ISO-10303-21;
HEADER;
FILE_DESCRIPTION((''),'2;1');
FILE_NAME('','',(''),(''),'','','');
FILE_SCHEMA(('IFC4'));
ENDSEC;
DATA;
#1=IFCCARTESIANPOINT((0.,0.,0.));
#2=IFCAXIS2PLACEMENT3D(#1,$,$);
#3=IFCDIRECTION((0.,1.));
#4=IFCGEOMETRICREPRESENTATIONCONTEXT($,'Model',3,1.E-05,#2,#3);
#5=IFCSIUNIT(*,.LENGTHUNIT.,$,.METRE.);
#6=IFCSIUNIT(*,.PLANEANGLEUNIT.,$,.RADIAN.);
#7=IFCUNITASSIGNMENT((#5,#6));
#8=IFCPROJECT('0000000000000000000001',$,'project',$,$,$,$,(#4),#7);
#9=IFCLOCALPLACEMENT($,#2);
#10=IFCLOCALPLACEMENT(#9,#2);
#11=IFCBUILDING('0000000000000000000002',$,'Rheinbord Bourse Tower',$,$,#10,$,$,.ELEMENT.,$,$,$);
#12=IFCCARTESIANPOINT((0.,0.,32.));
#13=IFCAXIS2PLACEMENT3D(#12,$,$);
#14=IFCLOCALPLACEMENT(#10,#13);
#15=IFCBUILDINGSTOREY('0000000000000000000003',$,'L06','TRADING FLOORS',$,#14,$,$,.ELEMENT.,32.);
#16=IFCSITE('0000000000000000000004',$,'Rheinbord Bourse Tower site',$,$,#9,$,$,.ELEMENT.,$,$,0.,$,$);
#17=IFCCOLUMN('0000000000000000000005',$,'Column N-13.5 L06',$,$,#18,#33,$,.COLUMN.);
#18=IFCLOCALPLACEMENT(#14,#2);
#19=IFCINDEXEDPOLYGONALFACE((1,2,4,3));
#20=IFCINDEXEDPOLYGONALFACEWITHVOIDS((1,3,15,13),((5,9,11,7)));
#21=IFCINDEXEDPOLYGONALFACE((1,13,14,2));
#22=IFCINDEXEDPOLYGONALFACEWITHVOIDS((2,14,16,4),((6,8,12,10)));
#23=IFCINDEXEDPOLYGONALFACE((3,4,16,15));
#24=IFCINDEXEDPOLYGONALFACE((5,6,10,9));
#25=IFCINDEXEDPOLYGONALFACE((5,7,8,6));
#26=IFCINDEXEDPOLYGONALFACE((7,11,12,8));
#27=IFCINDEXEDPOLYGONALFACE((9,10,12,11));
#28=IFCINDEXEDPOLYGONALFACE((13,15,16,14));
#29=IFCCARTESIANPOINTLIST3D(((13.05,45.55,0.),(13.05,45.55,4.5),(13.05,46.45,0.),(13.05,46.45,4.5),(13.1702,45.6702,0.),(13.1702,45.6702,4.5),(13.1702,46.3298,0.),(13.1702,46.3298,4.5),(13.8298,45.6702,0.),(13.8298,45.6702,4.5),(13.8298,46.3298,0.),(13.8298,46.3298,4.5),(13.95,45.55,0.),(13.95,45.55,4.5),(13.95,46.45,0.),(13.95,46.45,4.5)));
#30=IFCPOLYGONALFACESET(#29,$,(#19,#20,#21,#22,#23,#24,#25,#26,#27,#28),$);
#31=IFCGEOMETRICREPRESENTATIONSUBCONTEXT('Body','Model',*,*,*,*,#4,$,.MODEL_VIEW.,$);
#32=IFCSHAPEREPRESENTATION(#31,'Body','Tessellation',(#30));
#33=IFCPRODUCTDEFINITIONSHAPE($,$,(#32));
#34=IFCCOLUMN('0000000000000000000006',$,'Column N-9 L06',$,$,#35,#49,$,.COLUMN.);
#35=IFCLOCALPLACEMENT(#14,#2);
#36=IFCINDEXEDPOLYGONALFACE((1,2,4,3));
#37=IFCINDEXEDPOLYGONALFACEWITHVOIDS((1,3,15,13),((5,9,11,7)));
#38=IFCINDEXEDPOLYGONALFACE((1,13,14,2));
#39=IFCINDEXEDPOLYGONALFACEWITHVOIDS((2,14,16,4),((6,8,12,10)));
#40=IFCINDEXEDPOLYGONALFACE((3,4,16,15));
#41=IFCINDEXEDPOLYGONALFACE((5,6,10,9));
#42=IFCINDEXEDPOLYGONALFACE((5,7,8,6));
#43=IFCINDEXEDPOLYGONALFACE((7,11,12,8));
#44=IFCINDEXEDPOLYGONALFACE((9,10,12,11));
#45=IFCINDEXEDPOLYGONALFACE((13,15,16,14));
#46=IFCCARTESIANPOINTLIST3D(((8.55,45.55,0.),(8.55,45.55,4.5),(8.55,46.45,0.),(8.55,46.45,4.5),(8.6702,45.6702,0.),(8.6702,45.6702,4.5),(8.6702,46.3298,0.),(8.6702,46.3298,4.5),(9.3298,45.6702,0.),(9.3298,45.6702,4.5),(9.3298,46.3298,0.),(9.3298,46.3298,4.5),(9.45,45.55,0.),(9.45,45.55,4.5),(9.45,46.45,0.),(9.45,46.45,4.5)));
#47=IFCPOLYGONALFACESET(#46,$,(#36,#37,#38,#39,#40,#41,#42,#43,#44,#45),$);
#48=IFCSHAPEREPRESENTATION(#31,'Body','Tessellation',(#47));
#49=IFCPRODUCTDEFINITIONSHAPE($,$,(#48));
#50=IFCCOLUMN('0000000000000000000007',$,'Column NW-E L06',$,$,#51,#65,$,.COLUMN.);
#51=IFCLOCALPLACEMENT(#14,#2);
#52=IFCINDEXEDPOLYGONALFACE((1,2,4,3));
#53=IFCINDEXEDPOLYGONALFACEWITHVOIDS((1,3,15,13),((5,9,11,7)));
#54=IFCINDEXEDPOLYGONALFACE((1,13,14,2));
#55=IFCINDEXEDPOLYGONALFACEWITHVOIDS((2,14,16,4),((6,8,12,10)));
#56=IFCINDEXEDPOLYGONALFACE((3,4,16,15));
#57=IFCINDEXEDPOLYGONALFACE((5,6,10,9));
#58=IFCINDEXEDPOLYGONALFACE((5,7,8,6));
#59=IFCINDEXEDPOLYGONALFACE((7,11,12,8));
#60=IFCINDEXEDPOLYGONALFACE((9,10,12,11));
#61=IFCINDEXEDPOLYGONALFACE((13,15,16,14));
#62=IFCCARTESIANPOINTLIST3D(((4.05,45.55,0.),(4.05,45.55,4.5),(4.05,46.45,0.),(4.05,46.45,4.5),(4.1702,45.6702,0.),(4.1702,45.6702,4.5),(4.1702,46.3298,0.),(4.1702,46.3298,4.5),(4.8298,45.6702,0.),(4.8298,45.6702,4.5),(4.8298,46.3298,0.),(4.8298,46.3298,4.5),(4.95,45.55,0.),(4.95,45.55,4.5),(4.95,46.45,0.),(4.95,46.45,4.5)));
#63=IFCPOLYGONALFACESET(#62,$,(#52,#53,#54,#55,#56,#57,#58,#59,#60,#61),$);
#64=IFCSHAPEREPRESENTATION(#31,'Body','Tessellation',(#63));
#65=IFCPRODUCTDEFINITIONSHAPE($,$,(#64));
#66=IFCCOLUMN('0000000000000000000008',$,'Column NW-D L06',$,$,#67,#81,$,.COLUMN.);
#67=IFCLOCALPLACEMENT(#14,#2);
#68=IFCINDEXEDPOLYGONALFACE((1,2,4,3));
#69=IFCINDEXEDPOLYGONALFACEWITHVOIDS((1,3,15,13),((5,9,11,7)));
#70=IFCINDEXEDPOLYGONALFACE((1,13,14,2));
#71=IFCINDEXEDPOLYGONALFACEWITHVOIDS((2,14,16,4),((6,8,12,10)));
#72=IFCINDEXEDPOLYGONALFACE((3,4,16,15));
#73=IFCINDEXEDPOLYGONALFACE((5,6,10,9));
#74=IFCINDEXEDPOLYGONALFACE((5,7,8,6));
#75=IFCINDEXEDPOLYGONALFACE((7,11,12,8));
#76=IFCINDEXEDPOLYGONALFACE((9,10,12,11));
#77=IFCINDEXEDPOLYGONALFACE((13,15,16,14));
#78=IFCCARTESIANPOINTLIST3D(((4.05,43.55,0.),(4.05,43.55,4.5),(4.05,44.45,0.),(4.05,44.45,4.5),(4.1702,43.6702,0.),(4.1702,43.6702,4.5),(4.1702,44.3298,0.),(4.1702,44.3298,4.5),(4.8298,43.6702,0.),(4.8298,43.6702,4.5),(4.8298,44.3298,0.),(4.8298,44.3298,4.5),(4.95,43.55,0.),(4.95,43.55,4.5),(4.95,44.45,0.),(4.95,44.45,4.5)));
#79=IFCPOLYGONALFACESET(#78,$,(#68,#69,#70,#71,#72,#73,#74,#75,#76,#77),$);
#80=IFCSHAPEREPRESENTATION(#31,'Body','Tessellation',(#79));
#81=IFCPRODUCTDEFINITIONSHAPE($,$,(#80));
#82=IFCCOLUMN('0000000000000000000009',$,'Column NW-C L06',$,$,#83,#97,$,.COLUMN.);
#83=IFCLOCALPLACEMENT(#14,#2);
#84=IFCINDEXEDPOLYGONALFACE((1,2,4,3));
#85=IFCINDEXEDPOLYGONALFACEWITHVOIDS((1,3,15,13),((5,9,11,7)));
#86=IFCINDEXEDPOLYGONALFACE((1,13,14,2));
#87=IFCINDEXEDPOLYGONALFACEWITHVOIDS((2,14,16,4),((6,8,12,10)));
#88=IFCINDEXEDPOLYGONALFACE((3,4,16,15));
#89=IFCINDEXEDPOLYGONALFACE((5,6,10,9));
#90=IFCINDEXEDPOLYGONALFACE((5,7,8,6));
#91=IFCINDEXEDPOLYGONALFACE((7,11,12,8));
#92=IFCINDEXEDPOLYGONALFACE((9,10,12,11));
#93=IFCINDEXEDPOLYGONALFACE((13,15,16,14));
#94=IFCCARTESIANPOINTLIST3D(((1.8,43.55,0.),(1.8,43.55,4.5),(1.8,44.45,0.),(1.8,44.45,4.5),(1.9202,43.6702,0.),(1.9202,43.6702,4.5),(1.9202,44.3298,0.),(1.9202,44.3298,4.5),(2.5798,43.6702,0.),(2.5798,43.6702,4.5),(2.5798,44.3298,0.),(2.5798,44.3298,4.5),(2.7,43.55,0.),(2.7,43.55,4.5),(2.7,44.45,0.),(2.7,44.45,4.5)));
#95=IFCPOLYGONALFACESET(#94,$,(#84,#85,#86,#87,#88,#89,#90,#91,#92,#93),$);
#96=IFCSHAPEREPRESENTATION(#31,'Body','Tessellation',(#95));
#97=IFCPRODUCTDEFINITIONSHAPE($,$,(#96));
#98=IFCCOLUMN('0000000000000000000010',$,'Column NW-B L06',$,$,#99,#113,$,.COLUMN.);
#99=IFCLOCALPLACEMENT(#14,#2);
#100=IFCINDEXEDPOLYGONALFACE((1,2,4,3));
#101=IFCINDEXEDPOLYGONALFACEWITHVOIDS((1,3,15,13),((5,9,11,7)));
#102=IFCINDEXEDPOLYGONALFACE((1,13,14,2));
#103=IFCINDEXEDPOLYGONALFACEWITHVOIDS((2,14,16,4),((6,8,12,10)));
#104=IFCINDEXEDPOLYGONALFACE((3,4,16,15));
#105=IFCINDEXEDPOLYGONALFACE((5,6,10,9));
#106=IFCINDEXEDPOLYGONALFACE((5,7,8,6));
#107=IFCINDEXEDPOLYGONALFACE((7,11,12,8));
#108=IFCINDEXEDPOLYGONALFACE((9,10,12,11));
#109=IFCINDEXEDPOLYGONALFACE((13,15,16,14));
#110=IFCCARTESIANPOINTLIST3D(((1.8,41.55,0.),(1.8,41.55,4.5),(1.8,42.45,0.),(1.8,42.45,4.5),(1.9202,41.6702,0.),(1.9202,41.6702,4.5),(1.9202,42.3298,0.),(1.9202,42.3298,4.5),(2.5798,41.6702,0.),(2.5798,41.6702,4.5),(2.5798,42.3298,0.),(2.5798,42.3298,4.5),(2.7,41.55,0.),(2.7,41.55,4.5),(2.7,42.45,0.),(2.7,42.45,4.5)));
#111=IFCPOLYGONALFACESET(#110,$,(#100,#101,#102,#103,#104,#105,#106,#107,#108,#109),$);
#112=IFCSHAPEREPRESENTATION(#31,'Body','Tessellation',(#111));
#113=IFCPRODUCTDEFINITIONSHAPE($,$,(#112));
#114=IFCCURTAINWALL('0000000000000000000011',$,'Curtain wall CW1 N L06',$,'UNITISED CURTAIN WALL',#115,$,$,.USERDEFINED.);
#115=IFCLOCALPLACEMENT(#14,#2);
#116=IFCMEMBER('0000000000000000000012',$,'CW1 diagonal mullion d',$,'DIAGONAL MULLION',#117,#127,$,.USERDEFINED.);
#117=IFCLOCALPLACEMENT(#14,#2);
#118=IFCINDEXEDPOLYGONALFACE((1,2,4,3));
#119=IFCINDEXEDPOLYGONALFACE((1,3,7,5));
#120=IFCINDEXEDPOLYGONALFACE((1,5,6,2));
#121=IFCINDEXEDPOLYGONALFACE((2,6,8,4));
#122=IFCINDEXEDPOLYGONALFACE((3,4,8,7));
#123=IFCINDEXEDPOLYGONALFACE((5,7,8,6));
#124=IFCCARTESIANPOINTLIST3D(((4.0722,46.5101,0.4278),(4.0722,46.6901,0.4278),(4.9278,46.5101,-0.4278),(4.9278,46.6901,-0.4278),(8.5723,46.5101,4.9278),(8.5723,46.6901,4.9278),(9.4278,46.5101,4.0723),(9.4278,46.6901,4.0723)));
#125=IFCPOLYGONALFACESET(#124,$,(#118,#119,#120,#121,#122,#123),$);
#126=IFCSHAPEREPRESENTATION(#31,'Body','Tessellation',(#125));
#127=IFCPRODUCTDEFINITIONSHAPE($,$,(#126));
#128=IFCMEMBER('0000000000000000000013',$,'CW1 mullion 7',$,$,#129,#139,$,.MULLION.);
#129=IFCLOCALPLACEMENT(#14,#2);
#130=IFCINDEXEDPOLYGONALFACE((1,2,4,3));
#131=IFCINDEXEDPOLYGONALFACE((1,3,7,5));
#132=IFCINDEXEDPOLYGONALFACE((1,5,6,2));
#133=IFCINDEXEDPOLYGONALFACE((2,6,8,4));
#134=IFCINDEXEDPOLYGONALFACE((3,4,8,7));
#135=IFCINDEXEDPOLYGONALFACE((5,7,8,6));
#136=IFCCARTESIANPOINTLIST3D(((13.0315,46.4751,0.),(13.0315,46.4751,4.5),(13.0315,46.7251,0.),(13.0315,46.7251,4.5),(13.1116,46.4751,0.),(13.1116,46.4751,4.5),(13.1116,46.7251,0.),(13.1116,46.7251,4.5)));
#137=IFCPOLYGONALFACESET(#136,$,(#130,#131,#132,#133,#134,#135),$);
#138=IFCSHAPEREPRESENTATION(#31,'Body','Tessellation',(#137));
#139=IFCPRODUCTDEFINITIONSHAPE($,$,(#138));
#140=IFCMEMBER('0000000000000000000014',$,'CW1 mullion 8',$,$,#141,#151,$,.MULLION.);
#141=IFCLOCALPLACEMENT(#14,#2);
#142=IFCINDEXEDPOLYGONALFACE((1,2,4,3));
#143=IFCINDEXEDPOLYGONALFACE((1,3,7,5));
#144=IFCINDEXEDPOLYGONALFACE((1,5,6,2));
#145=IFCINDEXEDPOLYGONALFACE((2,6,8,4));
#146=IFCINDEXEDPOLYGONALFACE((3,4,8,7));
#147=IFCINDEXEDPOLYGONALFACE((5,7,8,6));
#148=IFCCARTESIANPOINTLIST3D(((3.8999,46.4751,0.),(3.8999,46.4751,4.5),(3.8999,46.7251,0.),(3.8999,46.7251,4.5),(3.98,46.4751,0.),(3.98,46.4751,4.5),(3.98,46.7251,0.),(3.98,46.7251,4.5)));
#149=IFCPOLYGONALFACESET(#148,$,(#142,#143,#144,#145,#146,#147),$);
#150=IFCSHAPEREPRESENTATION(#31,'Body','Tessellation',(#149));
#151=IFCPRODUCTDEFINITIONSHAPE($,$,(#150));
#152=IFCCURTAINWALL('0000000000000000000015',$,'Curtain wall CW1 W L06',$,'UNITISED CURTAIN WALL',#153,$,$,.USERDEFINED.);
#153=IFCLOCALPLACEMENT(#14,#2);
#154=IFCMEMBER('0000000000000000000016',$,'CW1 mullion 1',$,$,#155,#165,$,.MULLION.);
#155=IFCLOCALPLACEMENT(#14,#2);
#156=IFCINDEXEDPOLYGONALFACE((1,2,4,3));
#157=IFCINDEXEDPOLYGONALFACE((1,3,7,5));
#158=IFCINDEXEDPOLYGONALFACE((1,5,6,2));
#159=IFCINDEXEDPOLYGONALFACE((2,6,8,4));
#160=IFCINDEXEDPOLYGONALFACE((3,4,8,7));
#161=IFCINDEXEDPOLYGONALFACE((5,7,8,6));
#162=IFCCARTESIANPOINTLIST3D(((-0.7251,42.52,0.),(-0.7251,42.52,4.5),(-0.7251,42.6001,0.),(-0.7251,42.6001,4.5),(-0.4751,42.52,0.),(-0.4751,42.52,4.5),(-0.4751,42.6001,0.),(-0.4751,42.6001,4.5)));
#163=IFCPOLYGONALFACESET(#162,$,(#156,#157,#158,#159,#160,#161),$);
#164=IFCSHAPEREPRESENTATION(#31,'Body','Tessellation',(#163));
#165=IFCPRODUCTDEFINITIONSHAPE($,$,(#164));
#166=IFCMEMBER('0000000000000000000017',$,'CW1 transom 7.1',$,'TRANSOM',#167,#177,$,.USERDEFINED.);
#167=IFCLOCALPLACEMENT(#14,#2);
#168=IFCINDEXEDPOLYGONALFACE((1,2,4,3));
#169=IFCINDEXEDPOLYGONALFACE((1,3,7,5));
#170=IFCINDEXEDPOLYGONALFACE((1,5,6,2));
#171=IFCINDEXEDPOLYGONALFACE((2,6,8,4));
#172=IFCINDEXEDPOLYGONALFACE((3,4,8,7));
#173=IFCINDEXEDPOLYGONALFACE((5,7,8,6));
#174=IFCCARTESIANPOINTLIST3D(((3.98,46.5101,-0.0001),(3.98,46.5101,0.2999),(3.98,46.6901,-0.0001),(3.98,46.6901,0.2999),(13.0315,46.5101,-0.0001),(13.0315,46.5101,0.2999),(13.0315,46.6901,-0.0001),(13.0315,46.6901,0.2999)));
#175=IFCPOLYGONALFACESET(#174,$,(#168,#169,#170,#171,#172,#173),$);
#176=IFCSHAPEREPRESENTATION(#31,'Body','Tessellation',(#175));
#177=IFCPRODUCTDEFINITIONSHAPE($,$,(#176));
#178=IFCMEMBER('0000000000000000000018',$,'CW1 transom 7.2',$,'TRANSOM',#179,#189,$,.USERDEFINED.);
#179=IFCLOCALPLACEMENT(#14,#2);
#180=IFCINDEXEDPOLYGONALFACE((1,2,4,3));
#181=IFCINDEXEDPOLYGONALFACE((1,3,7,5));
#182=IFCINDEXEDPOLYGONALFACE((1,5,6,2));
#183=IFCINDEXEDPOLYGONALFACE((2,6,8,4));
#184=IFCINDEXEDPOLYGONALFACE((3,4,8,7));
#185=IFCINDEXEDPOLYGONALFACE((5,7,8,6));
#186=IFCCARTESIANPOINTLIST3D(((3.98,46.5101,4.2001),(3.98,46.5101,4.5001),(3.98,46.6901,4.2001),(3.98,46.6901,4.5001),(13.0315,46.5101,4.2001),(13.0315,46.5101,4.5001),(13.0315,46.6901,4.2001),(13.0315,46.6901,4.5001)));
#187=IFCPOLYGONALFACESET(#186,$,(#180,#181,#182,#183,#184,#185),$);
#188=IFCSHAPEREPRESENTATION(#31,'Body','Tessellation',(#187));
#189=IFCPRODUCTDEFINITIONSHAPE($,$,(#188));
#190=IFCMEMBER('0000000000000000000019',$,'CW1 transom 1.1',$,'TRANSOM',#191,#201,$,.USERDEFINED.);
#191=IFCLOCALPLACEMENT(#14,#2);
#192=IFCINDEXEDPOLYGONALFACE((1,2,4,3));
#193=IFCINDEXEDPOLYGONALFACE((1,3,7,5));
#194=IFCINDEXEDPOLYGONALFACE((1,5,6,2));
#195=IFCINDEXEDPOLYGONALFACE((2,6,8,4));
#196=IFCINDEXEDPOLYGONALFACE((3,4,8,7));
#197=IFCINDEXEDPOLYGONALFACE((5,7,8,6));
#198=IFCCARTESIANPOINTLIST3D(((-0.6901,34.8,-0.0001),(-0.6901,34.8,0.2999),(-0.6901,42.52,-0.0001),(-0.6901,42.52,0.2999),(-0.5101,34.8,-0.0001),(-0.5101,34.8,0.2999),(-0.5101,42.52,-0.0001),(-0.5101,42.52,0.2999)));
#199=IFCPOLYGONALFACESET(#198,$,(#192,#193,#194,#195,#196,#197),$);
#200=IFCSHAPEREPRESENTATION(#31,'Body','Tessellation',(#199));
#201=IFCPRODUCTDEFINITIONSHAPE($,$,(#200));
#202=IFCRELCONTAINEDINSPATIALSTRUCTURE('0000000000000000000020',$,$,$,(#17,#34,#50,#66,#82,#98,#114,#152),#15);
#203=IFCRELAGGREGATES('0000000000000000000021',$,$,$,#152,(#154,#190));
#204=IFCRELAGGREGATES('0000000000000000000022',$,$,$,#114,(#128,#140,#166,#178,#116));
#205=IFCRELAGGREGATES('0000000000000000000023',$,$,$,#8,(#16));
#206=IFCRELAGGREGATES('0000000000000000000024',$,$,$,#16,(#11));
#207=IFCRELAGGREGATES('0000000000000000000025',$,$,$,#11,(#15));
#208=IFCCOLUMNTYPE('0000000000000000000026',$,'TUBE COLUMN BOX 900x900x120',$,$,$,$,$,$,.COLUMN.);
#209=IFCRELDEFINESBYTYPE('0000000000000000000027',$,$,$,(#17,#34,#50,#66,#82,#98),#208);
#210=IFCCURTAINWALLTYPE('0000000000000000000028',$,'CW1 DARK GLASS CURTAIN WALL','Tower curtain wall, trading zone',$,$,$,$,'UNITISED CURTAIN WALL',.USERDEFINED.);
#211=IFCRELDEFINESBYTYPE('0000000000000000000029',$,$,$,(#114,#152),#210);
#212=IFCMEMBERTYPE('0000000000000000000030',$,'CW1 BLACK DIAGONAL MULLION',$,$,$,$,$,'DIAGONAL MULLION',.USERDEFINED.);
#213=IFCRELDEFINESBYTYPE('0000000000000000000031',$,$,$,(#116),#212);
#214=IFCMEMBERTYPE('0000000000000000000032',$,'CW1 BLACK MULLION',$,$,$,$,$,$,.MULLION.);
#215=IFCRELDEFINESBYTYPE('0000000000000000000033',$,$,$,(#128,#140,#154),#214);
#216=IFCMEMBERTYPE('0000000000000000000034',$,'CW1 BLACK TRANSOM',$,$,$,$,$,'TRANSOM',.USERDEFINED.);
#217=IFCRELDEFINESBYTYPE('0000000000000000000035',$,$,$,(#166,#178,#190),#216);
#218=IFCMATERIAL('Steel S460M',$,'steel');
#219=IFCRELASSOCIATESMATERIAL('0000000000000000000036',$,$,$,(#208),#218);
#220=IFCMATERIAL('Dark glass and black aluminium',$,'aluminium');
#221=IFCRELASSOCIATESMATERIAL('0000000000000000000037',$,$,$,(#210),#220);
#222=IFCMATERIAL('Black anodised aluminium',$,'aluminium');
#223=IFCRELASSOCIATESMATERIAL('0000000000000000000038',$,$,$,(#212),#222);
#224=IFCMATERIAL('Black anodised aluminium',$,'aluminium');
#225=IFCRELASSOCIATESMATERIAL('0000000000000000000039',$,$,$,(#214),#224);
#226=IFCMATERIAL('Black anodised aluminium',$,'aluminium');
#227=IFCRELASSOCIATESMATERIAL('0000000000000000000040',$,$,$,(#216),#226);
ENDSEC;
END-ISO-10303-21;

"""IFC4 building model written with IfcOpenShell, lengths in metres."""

from ifc_helpers import new_model, si_unit, direction, frame, origin, origin_2d, place, context, subcontext, project, spatial, rectangle, hollow_rectangle, extrude, material, material_profile, profile_set, type_object, element, aggregate, save


model = new_model("IFC4")

# Units and contexts
model_context = context("Model", 3, precision=1e-05, world=origin(), true_north=direction((0.0, 1.0)))
body_context = subcontext(model_context, "Body", "Model", "MODEL_VIEW")
ifc_project = project(units=[si_unit("LENGTHUNIT", "METRE"), si_unit("PLANEANGLEUNIT", "RADIAN")], contexts=[model_context])

# Site, building, storey
site_placement = place(None, origin())
site = spatial("IfcSite", under=ifc_project, at=site_placement, Name="Rheinbord Bourse Tower site", CompositionType="ELEMENT", RefElevation=0.0)
building_placement = place(site_placement, origin())
building = spatial("IfcBuilding", under=site, at=building_placement, Name="Rheinbord Bourse Tower", CompositionType="ELEMENT")
storey_placement = place(building_placement, frame((0.0, 0.0, 32.0)))
storey = spatial("IfcBuildingStorey", under=building, at=storey_placement, Name="L06", Description="TRADING FLOORS", CompositionType="ELEMENT", Elevation=32.0)

# Columns
ifc_material_1 = material(Name="Steel S460M", Category="steel")
ifc_material_profile_1 = material_profile(ifc_material_1, hollow_rectangle(XDim=0.8999, YDim=0.8999, WallThickness=0.1201, at=origin_2d()), Name="BOX 900x900x120")
ifc_profile_set_1 = profile_set([ifc_material_profile_1], Name="Steel S460M")
column_type = type_object("IfcColumnType", Name="TUBE COLUMN BOX 900x900x120", PredefinedType="COLUMN", material=ifc_profile_set_1)
for number, where, z_axis, x_axis, name in (
    (1, (13.5, 46.0, 0.0), (0.0, 0.0, 1.0), (0.0, 1.0, 0.0), "Column N-13.5 L06"),
    (2, (9.0, 46.0, 0.0), (0.0, 0.0, 1.0), (0.0, 1.0, 0.0), "Column N-9 L06"),
    (3, (4.5, 46.0, 0.0), (0.0, 0.0, 1.0), (0.0, 1.0, 0.0), "Column NW-E L06"),
    (4, (4.5, 44.0, 0.0), (0.0, 0.0, 1.0), (0.0, 1.0, 0.0), "Column NW-D L06"),
    (5, (2.25, 44.0, 0.0), (0.0, 0.0, 1.0), (1.0, 0.0, 0.0), "Column NW-C L06"),
    (6, (2.25, 42.0, 0.0), (0.0, 0.0, 1.0), (1.0, 0.0, 0.0), "Column NW-B L06"),
):
    element("IfcColumn", number, at=place(storey_placement, frame(where, z_axis=z_axis, x_axis=x_axis)), inside=storey, type_object=column_type, Name=name, PredefinedType="COLUMN", context=body_context, shape_type="SweptSolid", body=[
        extrude(hollow_rectangle(XDim=0.8999, YDim=0.8999, WallThickness=0.1201, at=origin_2d()), origin(), (0.0, 0.0, 1.0), 4.5),
    ])

# Curtain wall, members
ifc_material_2 = material(Name="Dark glass and black aluminium", Category="aluminium")
curtain_wall_type = type_object("IfcCurtainWallType", Name="CW1 DARK GLASS CURTAIN WALL", Description="Tower curtain wall, trading zone", ElementType="UNITISED CURTAIN WALL", PredefinedType="USERDEFINED", material=ifc_material_2)
curtain_wall_1_placement = place(storey_placement, origin())
curtain_wall_1 = element("IfcCurtainWall", 7, at=curtain_wall_1_placement, inside=storey, type_object=curtain_wall_type, Name="Curtain wall CW1 N L06", ObjectType="UNITISED CURTAIN WALL", PredefinedType="USERDEFINED")
ifc_material_3 = material(Name="Black anodised aluminium", Category="aluminium")
ifc_material_profile_2 = material_profile(ifc_material_3, rectangle(XDim=0.1799, YDim=1.21, at=origin_2d()), Name="CW1 DIAGONAL MULLION 1210x180")
ifc_profile_set_2 = profile_set([ifc_material_profile_2], Name="Black anodised aluminium")
member_type_1 = type_object("IfcMemberType", Name="CW1 BLACK DIAGONAL MULLION", ElementType="DIAGONAL MULLION", PredefinedType="USERDEFINED", material=ifc_profile_set_2)
member_1_placement = place(storey_placement, frame((4.5, 46.6001, 0.0), z_axis=(0.707107, 0.0, 0.707107), x_axis=(0.0, 1.0, 0.0)))
member_1 = element("IfcMember", 8, at=member_1_placement, type_object=member_type_1, Name="CW1 diagonal mullion d", ObjectType="DIAGONAL MULLION", PredefinedType="USERDEFINED", context=body_context, shape_type="SweptSolid", body=[
    extrude(rectangle(XDim=0.1799, YDim=1.21, at=origin_2d()), origin(), (0.0, 0.0, 1.0), 6.364),
])
ifc_material_4 = material(Name="Black anodised aluminium", Category="aluminium")
ifc_material_profile_3 = material_profile(ifc_material_4, rectangle(XDim=0.25, YDim=0.0801, at=origin_2d()), Name="CW1 MULLION 80x250")
ifc_profile_set_3 = profile_set([ifc_material_profile_3], Name="Black anodised aluminium")
member_type_2 = type_object("IfcMemberType", Name="CW1 BLACK MULLION", PredefinedType="MULLION", material=ifc_profile_set_3)
member_2_placement = place(storey_placement, frame((13.0715, 46.6001, 0.0), z_axis=(0.0, 0.0, 1.0), x_axis=(0.0, -1.0, 0.0)))
member_2 = element("IfcMember", 9, at=member_2_placement, type_object=member_type_2, Name="CW1 mullion 7", PredefinedType="MULLION", context=body_context, shape_type="SweptSolid", body=[
    extrude(rectangle(XDim=0.25, YDim=0.0801, at=origin_2d()), origin(), (0.0, 0.0, 1.0), 4.5),
])
member_3_placement = place(storey_placement, frame((3.9399, 46.6001, 0.0), z_axis=(0.0, 0.0, 1.0), x_axis=(0.0, -1.0, 0.0)))
member_3 = element("IfcMember", 10, at=member_3_placement, type_object=member_type_2, Name="CW1 mullion 8", PredefinedType="MULLION", context=body_context, shape_type="SweptSolid", body=[
    extrude(rectangle(XDim=0.25, YDim=0.0801, at=origin_2d()), origin(), (0.0, 0.0, 1.0), 4.5),
])

# Curtain wall, member
curtain_wall_2_placement = place(storey_placement, origin())
curtain_wall_2 = element("IfcCurtainWall", 11, at=curtain_wall_2_placement, inside=storey, type_object=curtain_wall_type, Name="Curtain wall CW1 W L06", ObjectType="UNITISED CURTAIN WALL", PredefinedType="USERDEFINED")
member_4_placement = place(storey_placement, frame((-0.6001, 42.5601, 0.0), z_axis=(0.0, 0.0, 1.0), x_axis=(1.0, 0.0, 0.0)))
member_4 = element("IfcMember", 12, at=member_4_placement, type_object=member_type_2, Name="CW1 mullion 1", PredefinedType="MULLION", context=body_context, shape_type="SweptSolid", body=[
    extrude(rectangle(XDim=0.25, YDim=0.0801, at=origin_2d()), origin(), (0.0, 0.0, 1.0), 4.5),
])

# Members
ifc_material_5 = material(Name="Black anodised aluminium", Category="aluminium")
ifc_material_profile_4 = material_profile(ifc_material_5, rectangle(XDim=0.1799, YDim=0.3, at=origin_2d()), Name="CW1 TRANSOM 300x180")
ifc_profile_set_4 = profile_set([ifc_material_profile_4], Name="Black anodised aluminium")
member_type_3 = type_object("IfcMemberType", Name="CW1 BLACK TRANSOM", ElementType="TRANSOM", PredefinedType="USERDEFINED", material=ifc_profile_set_4)
member_5_placement = place(storey_placement, frame((13.0315, 46.6001, 0.1499), z_axis=(-1.0, 0.0, 0.0), x_axis=(0.0, -1.0, 0.0)))
member_5 = element("IfcMember", 13, at=member_5_placement, type_object=member_type_3, Name="CW1 transom 7.1", ObjectType="TRANSOM", PredefinedType="USERDEFINED", context=body_context, shape_type="SweptSolid", body=[
    extrude(rectangle(XDim=0.1799, YDim=0.3, at=origin_2d()), origin(), (0.0, 0.0, 1.0), 9.0515),
])
member_6_placement = place(storey_placement, frame((13.0315, 46.6001, 4.3501), z_axis=(-1.0, 0.0, 0.0), x_axis=(0.0, -1.0, 0.0)))
member_6 = element("IfcMember", 14, at=member_6_placement, type_object=member_type_3, Name="CW1 transom 7.2", ObjectType="TRANSOM", PredefinedType="USERDEFINED", context=body_context, shape_type="SweptSolid", body=[
    extrude(rectangle(XDim=0.1799, YDim=0.3, at=origin_2d()), origin(), (0.0, 0.0, 1.0), 9.0515),
])
member_7_placement = place(storey_placement, frame((-0.6001, 42.52, 0.1499), z_axis=(0.0, -1.0, 0.0), x_axis=(1.0, 0.0, 0.0)))
member_7 = element("IfcMember", 15, at=member_7_placement, type_object=member_type_3, Name="CW1 transom 1.1", ObjectType="TRANSOM", PredefinedType="USERDEFINED", context=body_context, shape_type="SweptSolid", body=[
    extrude(rectangle(XDim=0.1799, YDim=0.3, at=origin_2d()), origin(), (0.0, 0.0, 1.0), 7.72),
])
aggregate(curtain_wall_2, [member_4, member_7])

aggregate(curtain_wall_1, [member_2, member_3, member_5, member_6, member_1])

save(model, "model.ifc")
